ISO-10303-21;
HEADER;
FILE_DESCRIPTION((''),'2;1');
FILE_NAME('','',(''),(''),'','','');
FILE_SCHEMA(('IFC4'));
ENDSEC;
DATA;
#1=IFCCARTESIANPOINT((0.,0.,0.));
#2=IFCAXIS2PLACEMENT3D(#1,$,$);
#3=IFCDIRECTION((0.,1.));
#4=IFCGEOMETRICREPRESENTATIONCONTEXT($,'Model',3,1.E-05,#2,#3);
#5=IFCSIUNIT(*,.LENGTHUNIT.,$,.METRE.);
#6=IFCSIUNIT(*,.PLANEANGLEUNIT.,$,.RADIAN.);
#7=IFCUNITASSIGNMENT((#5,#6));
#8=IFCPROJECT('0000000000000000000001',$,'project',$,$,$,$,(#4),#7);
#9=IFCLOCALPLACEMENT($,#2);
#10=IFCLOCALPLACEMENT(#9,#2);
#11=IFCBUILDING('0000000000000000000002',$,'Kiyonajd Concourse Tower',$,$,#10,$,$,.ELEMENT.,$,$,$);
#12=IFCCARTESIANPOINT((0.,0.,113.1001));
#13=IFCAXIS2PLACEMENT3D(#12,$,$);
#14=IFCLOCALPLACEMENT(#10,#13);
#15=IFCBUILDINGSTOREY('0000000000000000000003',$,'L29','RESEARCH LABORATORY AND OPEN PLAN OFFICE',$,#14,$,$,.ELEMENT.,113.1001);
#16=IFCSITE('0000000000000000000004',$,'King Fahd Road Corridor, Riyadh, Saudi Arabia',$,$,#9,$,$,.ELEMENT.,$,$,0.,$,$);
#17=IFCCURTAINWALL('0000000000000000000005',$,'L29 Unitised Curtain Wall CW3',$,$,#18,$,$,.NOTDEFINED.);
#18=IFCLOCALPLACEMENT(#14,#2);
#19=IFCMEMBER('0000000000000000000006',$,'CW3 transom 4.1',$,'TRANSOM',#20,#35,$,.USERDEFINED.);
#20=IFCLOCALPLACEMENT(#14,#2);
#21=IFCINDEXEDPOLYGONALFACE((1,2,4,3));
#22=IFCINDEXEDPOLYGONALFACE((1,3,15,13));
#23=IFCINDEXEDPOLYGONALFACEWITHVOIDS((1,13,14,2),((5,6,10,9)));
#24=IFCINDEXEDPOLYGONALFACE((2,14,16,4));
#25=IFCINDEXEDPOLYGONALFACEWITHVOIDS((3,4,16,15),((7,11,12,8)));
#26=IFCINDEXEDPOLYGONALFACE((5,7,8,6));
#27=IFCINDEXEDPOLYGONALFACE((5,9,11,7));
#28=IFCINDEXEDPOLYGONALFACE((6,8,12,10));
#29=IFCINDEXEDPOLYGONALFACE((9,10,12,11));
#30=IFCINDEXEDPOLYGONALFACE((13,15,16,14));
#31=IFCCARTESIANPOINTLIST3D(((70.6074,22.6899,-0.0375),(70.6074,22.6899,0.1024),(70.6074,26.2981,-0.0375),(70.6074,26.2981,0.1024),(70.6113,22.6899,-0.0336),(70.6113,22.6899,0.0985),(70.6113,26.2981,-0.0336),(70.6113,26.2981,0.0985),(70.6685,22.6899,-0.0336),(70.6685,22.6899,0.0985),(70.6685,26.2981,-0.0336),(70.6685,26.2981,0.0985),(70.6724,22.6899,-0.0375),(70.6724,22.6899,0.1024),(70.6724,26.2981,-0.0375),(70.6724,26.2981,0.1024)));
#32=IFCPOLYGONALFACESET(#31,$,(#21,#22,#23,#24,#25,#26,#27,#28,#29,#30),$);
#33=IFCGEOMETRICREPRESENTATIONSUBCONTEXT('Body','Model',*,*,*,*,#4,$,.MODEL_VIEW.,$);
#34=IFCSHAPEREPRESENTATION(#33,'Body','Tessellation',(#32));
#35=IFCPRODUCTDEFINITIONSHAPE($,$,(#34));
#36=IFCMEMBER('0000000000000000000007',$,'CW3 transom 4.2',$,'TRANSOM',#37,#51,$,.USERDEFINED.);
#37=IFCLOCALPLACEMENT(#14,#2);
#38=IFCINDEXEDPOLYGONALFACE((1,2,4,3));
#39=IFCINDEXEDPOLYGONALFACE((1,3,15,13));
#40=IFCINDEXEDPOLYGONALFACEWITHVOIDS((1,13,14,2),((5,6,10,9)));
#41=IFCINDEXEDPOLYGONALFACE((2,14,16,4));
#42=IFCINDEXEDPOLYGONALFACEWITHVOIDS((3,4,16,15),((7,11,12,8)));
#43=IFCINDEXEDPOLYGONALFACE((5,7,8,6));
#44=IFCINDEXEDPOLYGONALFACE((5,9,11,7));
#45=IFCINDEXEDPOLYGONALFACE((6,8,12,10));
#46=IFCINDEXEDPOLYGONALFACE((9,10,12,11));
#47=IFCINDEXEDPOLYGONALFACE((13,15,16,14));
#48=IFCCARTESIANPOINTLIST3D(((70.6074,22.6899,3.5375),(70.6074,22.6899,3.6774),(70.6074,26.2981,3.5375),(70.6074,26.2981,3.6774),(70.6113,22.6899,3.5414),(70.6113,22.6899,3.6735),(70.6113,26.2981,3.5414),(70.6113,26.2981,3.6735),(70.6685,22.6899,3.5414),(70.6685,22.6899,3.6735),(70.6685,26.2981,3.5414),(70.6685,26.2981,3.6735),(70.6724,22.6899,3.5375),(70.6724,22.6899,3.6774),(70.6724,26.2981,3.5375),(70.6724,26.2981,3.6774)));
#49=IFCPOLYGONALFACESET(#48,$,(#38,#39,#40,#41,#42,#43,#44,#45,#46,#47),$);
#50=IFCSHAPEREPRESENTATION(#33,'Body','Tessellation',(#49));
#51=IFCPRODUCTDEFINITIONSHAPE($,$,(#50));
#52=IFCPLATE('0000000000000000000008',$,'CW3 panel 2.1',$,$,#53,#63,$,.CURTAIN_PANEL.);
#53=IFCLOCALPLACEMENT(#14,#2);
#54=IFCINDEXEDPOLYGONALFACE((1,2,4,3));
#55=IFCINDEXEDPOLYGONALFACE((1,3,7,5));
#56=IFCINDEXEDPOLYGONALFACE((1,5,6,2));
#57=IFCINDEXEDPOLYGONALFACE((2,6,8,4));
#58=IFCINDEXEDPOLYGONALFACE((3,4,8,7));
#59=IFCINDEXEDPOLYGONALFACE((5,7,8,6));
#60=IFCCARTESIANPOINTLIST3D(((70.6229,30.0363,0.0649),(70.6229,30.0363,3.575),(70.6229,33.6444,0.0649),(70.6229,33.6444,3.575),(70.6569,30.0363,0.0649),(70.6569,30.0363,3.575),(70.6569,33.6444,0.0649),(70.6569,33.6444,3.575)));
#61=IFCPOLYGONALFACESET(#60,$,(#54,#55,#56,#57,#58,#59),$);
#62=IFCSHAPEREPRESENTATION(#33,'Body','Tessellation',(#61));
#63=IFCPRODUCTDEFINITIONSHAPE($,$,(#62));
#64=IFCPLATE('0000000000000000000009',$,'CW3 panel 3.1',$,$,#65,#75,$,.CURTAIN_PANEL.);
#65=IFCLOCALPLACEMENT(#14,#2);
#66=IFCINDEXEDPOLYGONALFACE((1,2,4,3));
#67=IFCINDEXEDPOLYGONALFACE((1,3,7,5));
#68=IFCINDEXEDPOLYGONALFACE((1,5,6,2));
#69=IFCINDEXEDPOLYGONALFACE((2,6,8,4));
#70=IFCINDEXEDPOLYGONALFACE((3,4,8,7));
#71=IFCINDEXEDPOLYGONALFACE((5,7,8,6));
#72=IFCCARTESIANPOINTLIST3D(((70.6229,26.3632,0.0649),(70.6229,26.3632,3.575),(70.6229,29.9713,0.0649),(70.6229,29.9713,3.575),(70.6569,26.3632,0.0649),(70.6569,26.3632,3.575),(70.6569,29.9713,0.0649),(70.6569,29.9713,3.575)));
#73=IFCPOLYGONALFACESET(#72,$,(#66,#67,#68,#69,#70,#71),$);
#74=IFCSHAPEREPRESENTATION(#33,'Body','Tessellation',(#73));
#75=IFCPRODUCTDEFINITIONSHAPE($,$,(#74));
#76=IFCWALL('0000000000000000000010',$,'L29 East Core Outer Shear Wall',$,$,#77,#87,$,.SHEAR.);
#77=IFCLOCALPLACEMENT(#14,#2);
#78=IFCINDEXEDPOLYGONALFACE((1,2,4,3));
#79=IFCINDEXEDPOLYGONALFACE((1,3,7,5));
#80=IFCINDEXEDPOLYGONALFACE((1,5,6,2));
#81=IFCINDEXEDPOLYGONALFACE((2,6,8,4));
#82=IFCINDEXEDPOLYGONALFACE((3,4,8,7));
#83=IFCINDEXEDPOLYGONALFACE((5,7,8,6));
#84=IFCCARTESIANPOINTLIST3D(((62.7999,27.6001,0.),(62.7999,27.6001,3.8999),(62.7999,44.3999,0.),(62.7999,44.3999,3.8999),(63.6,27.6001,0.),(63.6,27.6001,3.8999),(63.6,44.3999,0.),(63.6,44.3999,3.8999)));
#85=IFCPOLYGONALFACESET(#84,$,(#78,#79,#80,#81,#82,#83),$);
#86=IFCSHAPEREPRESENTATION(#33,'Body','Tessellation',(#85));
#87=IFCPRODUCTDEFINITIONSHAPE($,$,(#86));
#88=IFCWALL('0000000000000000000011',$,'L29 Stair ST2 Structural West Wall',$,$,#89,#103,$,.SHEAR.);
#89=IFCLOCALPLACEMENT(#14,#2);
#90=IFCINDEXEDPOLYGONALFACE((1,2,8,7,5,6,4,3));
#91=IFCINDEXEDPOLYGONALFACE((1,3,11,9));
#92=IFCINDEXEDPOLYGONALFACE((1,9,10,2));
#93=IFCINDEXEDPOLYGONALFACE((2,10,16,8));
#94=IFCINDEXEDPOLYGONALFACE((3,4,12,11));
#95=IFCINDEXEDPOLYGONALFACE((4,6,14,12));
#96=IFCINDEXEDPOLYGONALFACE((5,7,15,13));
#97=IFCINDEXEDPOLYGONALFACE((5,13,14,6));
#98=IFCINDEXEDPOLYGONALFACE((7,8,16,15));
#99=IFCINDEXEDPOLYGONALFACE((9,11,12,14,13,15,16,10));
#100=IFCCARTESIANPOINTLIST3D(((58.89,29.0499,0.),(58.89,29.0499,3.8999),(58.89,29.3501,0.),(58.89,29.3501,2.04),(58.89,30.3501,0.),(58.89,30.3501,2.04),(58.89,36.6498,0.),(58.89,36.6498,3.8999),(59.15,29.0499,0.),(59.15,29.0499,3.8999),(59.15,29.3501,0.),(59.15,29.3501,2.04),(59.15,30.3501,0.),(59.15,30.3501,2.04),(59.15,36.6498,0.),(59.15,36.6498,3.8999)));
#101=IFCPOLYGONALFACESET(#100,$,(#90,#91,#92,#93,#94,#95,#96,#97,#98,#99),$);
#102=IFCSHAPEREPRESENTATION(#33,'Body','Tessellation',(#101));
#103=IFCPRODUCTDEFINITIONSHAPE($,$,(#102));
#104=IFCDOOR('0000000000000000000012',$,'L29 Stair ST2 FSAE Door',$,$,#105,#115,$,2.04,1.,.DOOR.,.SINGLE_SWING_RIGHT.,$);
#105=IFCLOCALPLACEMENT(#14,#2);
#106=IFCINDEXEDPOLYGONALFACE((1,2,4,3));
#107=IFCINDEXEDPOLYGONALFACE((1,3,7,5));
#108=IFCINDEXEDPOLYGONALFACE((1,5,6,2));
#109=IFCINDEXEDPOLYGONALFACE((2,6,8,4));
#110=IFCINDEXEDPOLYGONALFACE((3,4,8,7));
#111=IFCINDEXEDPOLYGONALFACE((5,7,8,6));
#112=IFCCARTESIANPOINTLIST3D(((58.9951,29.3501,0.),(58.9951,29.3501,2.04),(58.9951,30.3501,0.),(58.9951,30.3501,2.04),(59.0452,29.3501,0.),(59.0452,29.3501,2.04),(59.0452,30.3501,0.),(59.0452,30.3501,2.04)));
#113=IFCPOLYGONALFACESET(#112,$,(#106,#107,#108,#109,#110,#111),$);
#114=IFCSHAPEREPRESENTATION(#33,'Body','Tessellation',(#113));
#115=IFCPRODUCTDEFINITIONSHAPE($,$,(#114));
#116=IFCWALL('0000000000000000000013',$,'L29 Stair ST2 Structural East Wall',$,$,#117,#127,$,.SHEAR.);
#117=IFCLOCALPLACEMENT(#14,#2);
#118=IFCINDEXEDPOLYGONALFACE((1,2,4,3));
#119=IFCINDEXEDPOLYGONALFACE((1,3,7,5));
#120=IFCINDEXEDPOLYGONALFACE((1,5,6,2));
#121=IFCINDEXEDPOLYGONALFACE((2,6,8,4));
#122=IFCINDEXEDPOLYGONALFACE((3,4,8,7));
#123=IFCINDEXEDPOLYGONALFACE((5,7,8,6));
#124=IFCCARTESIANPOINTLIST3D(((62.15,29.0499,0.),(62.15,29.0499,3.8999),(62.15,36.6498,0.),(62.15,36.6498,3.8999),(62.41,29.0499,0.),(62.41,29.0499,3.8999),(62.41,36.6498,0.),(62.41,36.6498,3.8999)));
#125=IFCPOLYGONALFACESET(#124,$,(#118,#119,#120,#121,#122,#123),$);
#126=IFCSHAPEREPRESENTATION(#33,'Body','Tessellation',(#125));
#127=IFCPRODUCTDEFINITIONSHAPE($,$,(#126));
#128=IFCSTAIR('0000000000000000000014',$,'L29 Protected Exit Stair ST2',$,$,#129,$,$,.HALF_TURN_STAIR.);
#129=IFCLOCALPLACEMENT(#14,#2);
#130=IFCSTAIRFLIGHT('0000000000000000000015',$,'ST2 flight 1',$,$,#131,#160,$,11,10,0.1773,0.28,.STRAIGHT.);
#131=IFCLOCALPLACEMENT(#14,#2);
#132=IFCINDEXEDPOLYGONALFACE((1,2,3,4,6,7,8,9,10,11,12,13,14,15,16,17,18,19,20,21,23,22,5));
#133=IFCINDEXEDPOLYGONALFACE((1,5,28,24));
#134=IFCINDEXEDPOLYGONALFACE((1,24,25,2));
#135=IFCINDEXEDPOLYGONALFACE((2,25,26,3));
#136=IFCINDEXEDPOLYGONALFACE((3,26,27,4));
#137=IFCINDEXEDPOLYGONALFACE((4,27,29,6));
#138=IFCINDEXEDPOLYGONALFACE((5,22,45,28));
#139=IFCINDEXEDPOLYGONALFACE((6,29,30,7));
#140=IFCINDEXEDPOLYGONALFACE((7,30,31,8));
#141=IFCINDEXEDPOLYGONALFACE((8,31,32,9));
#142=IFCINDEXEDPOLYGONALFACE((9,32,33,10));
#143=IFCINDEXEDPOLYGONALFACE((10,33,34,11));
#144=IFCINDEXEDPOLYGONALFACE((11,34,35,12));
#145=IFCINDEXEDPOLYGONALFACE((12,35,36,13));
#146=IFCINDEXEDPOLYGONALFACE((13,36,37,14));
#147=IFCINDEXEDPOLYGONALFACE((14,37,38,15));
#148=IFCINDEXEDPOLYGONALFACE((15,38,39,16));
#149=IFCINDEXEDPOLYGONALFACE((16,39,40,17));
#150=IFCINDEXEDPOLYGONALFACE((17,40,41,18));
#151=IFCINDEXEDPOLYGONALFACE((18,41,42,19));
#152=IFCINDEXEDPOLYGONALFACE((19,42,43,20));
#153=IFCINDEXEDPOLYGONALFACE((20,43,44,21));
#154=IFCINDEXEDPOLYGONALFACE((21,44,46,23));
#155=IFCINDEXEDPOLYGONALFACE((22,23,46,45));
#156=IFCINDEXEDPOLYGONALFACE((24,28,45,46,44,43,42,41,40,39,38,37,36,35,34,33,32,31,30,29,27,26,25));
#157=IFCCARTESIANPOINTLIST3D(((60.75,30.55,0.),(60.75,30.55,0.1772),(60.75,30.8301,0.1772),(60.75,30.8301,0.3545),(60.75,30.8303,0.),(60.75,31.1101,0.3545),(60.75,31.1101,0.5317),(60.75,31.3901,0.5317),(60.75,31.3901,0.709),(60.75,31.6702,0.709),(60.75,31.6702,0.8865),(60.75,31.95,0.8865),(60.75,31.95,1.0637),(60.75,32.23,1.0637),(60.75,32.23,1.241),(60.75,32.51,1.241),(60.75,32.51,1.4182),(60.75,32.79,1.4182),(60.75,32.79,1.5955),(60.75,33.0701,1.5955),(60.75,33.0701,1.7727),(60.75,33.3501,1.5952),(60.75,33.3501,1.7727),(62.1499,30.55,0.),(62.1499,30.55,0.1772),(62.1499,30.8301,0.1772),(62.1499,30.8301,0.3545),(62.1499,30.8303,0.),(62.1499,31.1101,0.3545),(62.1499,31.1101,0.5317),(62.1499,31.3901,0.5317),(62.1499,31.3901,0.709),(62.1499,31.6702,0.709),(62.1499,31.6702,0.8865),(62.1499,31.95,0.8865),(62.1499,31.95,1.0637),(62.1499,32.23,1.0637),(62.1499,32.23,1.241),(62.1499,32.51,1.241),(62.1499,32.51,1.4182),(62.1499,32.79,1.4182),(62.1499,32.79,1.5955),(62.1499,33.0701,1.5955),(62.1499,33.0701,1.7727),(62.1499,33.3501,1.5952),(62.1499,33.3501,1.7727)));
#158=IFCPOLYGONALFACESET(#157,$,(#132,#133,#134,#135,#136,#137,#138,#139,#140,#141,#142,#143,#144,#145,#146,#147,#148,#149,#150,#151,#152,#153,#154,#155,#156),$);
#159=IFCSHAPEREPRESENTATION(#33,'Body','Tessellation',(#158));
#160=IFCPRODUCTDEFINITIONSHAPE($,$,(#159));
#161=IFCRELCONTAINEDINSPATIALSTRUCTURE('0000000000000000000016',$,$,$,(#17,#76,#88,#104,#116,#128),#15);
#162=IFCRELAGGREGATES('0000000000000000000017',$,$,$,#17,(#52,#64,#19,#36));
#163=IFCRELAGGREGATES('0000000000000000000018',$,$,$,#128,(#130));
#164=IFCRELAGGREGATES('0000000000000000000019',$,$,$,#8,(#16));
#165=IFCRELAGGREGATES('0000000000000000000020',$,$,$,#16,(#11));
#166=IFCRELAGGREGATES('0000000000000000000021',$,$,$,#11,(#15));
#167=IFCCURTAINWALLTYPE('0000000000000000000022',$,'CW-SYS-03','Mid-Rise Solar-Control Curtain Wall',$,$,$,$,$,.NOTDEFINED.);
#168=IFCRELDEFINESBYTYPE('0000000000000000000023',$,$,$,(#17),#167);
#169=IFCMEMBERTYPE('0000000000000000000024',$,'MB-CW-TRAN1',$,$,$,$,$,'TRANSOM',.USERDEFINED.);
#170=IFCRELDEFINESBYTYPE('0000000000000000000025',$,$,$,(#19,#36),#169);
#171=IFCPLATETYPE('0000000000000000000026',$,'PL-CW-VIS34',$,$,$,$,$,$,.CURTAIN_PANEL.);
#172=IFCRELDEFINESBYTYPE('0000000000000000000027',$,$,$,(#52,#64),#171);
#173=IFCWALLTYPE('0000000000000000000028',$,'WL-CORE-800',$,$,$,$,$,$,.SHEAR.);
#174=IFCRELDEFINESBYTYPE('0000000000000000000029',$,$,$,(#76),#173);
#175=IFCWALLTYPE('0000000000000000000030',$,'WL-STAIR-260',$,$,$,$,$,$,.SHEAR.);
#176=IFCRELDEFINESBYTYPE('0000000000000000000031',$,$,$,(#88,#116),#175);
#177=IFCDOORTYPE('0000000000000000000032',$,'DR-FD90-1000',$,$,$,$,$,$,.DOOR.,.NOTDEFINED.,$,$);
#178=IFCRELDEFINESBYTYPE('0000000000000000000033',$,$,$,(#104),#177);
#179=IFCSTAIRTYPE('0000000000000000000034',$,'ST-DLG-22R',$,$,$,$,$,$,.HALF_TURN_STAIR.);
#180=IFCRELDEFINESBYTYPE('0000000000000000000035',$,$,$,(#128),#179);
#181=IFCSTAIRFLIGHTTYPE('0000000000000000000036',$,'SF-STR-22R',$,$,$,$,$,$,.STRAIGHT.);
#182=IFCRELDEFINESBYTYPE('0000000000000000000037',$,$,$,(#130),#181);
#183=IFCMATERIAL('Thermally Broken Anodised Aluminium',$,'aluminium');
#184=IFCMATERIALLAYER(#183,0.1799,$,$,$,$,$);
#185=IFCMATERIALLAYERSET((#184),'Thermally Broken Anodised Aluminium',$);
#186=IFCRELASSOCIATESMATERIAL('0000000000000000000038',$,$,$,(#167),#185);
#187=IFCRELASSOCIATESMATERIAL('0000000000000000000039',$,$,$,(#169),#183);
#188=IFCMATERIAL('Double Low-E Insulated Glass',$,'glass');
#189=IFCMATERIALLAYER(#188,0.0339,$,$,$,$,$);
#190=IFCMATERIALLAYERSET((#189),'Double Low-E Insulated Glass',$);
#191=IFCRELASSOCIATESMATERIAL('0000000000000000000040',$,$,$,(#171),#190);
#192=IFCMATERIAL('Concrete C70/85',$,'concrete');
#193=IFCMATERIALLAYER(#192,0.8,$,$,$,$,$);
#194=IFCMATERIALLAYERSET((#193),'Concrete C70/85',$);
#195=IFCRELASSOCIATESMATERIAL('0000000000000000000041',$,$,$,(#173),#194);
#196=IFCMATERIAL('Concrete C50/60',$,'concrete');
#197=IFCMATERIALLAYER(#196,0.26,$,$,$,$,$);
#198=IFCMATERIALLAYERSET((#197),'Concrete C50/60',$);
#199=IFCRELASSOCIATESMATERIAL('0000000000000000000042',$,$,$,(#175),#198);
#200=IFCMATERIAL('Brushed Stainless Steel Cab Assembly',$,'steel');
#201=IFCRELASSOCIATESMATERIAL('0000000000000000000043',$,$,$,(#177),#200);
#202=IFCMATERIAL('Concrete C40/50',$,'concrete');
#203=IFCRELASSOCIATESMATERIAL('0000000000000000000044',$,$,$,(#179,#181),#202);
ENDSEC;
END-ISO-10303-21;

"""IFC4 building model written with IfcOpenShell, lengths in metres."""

from ifc_helpers import new_model, si_unit, direction, frame, frame_2d, origin, origin_2d, place, context, subcontext, project, spatial, polyline, rectangle, hollow_rectangle, outline, extrude, material, layer, layer_set, material_profile, profile_set, type_object, element, fill, aggregate, save


model = new_model("IFC4")

# Units and contexts
model_context = context("Model", 3, precision=1e-05, world=origin(), true_north=direction((0.0, 1.0)))
body_context = subcontext(model_context, "Body", "Model", "MODEL_VIEW")
ifc_project = project(units=[si_unit("LENGTHUNIT", "METRE"), si_unit("PLANEANGLEUNIT", "RADIAN")], contexts=[model_context])

# Site, building, storey
site_placement = place(None, origin())
site = spatial("IfcSite", under=ifc_project, at=site_placement, Name="King Fahd Road Corridor, Riyadh, Saudi Arabia", CompositionType="ELEMENT", RefElevation=0.0)
building_placement = place(site_placement, origin())
building = spatial("IfcBuilding", under=site, at=building_placement, Name="Kiyonajd Concourse Tower", CompositionType="ELEMENT")
storey_placement = place(building_placement, frame((0.0, 0.0, 113.1001)))
storey = spatial("IfcBuildingStorey", under=building, at=storey_placement, Name="L29", Description="RESEARCH LABORATORY AND OPEN PLAN OFFICE", CompositionType="ELEMENT", Elevation=113.1001)

# Shared definitions
ifc_material_1 = material(Name="Concrete C70/85", Category="concrete")

# Curtain wall, members, plates
ifc_material_2 = material(Name="Thermally Broken Anodised Aluminium", Category="aluminium")
ifc_layer_1 = layer(ifc_material_2, 0.1799)
ifc_layer_set_1 = layer_set([ifc_layer_1], Name="Thermally Broken Anodised Aluminium")
curtain_wall_type = type_object("IfcCurtainWallType", Name="CW-SYS-03", Description="Mid-Rise Solar-Control Curtain Wall", PredefinedType="NOTDEFINED", material=ifc_layer_set_1)
curtain_wall_placement = place(storey_placement, origin())
curtain_wall = element("IfcCurtainWall", 1, at=curtain_wall_placement, inside=storey, type_object=curtain_wall_type, Name="L29 Unitised Curtain Wall CW3", PredefinedType="NOTDEFINED")
ifc_material_profile_1 = material_profile(ifc_material_2, hollow_rectangle(XDim=0.0649, YDim=0.1399, WallThickness=0.0039, at=origin_2d()), Name="TRAN-65x140")
ifc_profile_set_1 = profile_set([ifc_material_profile_1], Name="Thermally Broken Anodised Aluminium")
member_type_1 = type_object("IfcMemberType", Name="MB-CW-TRAN1", ElementType="TRANSOM", PredefinedType="USERDEFINED", material=ifc_profile_set_1)
member_1_placement = place(storey_placement, frame((70.6399, 26.2981, 0.0325), z_axis=(0.0, -1.0, 0.0), x_axis=(1.0, 0.0, 0.0)))
member_1 = element("IfcMember", 2, at=member_1_placement, type_object=member_type_1, Name="CW3 transom 4.1", ObjectType="TRANSOM", PredefinedType="USERDEFINED", context=body_context, shape_type="SweptSolid", body=[
    extrude(hollow_rectangle(XDim=0.0649, YDim=0.1399, WallThickness=0.0039, at=origin_2d()), origin(), (0.0, 0.0, 1.0), 3.6082),
])
member_2_placement = place(storey_placement, frame((70.6399, 26.2981, 3.6074), z_axis=(0.0, -1.0, 0.0), x_axis=(1.0, 0.0, 0.0)))
member_2 = element("IfcMember", 3, at=member_2_placement, type_object=member_type_1, Name="CW3 transom 4.2", ObjectType="TRANSOM", PredefinedType="USERDEFINED", context=body_context, shape_type="SweptSolid", body=[
    extrude(hollow_rectangle(XDim=0.0649, YDim=0.1399, WallThickness=0.0039, at=origin_2d()), origin(), (0.0, 0.0, 1.0), 3.6082),
])
ifc_material_3 = material(Name="Double Low-E Insulated Glass", Category="glass")
ifc_layer_2 = layer(ifc_material_3, 0.0339)
ifc_layer_set_2 = layer_set([ifc_layer_2], Name="Double Low-E Insulated Glass")
plate_type = type_object("IfcPlateType", Name="PL-CW-VIS34", PredefinedType="CURTAIN_PANEL", material=ifc_layer_set_2)
plate_1_placement = place(storey_placement, frame((70.6399, 31.8403, 0.0649), z_axis=(0.0, 0.0, 1.0), x_axis=(0.0, -1.0, 0.0)))
plate_1 = element("IfcPlate", 4, at=plate_1_placement, type_object=plate_type, Name="CW3 panel 2.1", PredefinedType="CURTAIN_PANEL", context=body_context, shape_type="SweptSolid", body=[
    extrude(rectangle(XDim=3.6082, YDim=0.0339, at=origin_2d()), origin(), (0.0, 0.0, 1.0), 3.51),
])
plate_2_placement = place(storey_placement, frame((70.6399, 28.1672, 0.0649), z_axis=(0.0, 0.0, 1.0), x_axis=(0.0, -1.0, 0.0)))
plate_2 = element("IfcPlate", 5, at=plate_2_placement, type_object=plate_type, Name="CW3 panel 3.1", PredefinedType="CURTAIN_PANEL", context=body_context, shape_type="SweptSolid", body=[
    extrude(rectangle(XDim=3.6082, YDim=0.0339, at=origin_2d()), origin(), (0.0, 0.0, 1.0), 3.51),
])
aggregate(curtain_wall, [plate_1, plate_2, member_1, member_2])

# Wall
ifc_layer_3 = layer(ifc_material_1, 0.8)
ifc_layer_set_3 = layer_set([ifc_layer_3], Name="Concrete C70/85")
wall_type_1 = type_object("IfcWallType", Name="WL-CORE-800", PredefinedType="SHEAR", material=ifc_layer_set_3)
wall_1_placement = place(storey_placement, frame((63.2, 27.6001, 0.0), z_axis=(0.0, 0.0, 1.0), x_axis=(0.0, 1.0, 0.0)))
element("IfcWall", 6, at=wall_1_placement, inside=storey, type_object=wall_type_1, Name="L29 East Core Outer Shear Wall", PredefinedType="SHEAR", context=body_context, shape_type="SweptSolid", body=[
    extrude(rectangle(XDim=16.7998, YDim=0.8, at=frame_2d((8.3999, 0.0))), origin(), (0.0, 0.0, 1.0), 3.8999),
])

# Wall, opening, door
ifc_material_4 = material(Name="Concrete C50/60", Category="concrete")
ifc_layer_4 = layer(ifc_material_4, 0.26)
ifc_layer_set_4 = layer_set([ifc_layer_4], Name="Concrete C50/60")
wall_type_2 = type_object("IfcWallType", Name="WL-STAIR-260", PredefinedType="SHEAR", material=ifc_layer_set_4)
wall_2_placement = place(storey_placement, frame((59.02, 29.05, 0.0), z_axis=(0.0, 0.0, 1.0), x_axis=(0.0, 1.0, 0.0)))
wall_2 = element("IfcWall", 7, at=wall_2_placement, inside=storey, type_object=wall_type_2, Name="L29 Stair ST2 Structural West Wall", PredefinedType="SHEAR", context=body_context, shape_type="SweptSolid", body=[
    extrude(rectangle(XDim=7.5999, YDim=0.26, at=frame_2d((3.7998, 0.0))), origin(), (0.0, 0.0, 1.0), 3.8999),
])
opening_placement = place(wall_2_placement, frame((0.3, 0.0, 0.0)))
opening = element("IfcOpeningElement", 8, at=opening_placement, cuts=wall_2, PredefinedType="OPENING", context=body_context, shape_type="SweptSolid", body=[
    extrude(rectangle(XDim=1.0, YDim=2.04, at=frame_2d((0.5, 1.02))), frame((0.0, 0.1399, 0.0), z_axis=(0.0, -1.0, 0.0), x_axis=(1.0, 0.0, 0.0)), (0.0, 0.0, 1.0), 0.28),
])
ifc_material_5 = material(Name="Brushed Stainless Steel Cab Assembly", Category="steel")
door_type = type_object("IfcDoorType", Name="DR-FD90-1000", OperationType="NOTDEFINED", PredefinedType="DOOR", material=ifc_material_5)
door_placement = place(opening_placement, origin())
door = element("IfcDoor", 9, at=door_placement, inside=storey, type_object=door_type, Name="L29 Stair ST2 FSAE Door", OperationType="SINGLE_SWING_RIGHT", OverallHeight=2.04, OverallWidth=1.0, PredefinedType="DOOR", context=body_context, shape_type="SweptSolid", body=[
    extrude(rectangle(XDim=1.0, YDim=2.04, at=frame_2d((0.5, 1.02))), frame((0.0, 0.0249, 0.0), z_axis=(0.0, -1.0, 0.0), x_axis=(1.0, 0.0, 0.0)), (0.0, 0.0, 1.0), 0.05),
])
fill(opening, door)

# Wall
wall_3_placement = place(storey_placement, frame((62.28, 29.05, 0.0), z_axis=(0.0, 0.0, 1.0), x_axis=(0.0, 1.0, 0.0)))
element("IfcWall", 10, at=wall_3_placement, inside=storey, type_object=wall_type_2, Name="L29 Stair ST2 Structural East Wall", PredefinedType="SHEAR", context=body_context, shape_type="SweptSolid", body=[
    extrude(rectangle(XDim=7.5999, YDim=0.26, at=frame_2d((3.7998, 0.0))), origin(), (0.0, 0.0, 1.0), 3.8999),
])

# Stair, stair flight
ifc_material_6 = material(Name="Concrete C40/50", Category="concrete")
stair_type = type_object("IfcStairType", Name="ST-DLG-22R", PredefinedType="HALF_TURN_STAIR", material=ifc_material_6)
stair_placement = place(storey_placement, origin())
stair = element("IfcStair", 11, at=stair_placement, inside=storey, type_object=stair_type, Name="L29 Protected Exit Stair ST2", PredefinedType="HALF_TURN_STAIR")
stair_flight_type = type_object("IfcStairFlightType", Name="SF-STR-22R", PredefinedType="STRAIGHT", material=ifc_material_6)
stair_flight_1_placement = place(storey_placement, frame((61.45, 30.55, 0.0), z_axis=(0.0, 0.0, 1.0), x_axis=(0.0, 1.0, 0.0)))
stair_flight_1 = element("IfcStairFlight", 12, at=stair_flight_1_placement, type_object=stair_flight_type, Name="ST2 flight 1", NumberOfRisers=11, NumberOfTreads=10, PredefinedType="STRAIGHT", RiserHeight=0.1773, TreadLength=0.28, context=body_context, shape_type="SweptSolid", body=[
    extrude(outline(polyline([(0.0, 0.0), (0.0, 0.1772), (0.28, 0.1772), (0.28, 0.3545), (0.5601, 0.3545), (0.5601, 0.5317), (0.8401, 0.5317), (0.8401, 0.709), (1.1201, 0.709), (1.1201, 0.8865), (1.3999, 0.8865), (1.3999, 1.0637), (1.6799, 1.0637), (1.6799, 1.241), (1.96, 1.241), (1.96, 1.4182), (2.24, 1.4182), (2.24, 1.5955), (2.52, 1.5955), (2.52, 1.7727), (2.8, 1.7727), (2.8, 1.95), (2.8, 1.5952), (0.2803, 0.0), (0.0, 0.0)])), frame((0.0, 0.7, 0.0), z_axis=(0.0, -1.0, 0.0), x_axis=(1.0, 0.0, 0.0)), (0.0, 0.0, 1.0), 1.3999),
])
aggregate(stair, [stair_flight_1])

save(model, "model.ifc")
